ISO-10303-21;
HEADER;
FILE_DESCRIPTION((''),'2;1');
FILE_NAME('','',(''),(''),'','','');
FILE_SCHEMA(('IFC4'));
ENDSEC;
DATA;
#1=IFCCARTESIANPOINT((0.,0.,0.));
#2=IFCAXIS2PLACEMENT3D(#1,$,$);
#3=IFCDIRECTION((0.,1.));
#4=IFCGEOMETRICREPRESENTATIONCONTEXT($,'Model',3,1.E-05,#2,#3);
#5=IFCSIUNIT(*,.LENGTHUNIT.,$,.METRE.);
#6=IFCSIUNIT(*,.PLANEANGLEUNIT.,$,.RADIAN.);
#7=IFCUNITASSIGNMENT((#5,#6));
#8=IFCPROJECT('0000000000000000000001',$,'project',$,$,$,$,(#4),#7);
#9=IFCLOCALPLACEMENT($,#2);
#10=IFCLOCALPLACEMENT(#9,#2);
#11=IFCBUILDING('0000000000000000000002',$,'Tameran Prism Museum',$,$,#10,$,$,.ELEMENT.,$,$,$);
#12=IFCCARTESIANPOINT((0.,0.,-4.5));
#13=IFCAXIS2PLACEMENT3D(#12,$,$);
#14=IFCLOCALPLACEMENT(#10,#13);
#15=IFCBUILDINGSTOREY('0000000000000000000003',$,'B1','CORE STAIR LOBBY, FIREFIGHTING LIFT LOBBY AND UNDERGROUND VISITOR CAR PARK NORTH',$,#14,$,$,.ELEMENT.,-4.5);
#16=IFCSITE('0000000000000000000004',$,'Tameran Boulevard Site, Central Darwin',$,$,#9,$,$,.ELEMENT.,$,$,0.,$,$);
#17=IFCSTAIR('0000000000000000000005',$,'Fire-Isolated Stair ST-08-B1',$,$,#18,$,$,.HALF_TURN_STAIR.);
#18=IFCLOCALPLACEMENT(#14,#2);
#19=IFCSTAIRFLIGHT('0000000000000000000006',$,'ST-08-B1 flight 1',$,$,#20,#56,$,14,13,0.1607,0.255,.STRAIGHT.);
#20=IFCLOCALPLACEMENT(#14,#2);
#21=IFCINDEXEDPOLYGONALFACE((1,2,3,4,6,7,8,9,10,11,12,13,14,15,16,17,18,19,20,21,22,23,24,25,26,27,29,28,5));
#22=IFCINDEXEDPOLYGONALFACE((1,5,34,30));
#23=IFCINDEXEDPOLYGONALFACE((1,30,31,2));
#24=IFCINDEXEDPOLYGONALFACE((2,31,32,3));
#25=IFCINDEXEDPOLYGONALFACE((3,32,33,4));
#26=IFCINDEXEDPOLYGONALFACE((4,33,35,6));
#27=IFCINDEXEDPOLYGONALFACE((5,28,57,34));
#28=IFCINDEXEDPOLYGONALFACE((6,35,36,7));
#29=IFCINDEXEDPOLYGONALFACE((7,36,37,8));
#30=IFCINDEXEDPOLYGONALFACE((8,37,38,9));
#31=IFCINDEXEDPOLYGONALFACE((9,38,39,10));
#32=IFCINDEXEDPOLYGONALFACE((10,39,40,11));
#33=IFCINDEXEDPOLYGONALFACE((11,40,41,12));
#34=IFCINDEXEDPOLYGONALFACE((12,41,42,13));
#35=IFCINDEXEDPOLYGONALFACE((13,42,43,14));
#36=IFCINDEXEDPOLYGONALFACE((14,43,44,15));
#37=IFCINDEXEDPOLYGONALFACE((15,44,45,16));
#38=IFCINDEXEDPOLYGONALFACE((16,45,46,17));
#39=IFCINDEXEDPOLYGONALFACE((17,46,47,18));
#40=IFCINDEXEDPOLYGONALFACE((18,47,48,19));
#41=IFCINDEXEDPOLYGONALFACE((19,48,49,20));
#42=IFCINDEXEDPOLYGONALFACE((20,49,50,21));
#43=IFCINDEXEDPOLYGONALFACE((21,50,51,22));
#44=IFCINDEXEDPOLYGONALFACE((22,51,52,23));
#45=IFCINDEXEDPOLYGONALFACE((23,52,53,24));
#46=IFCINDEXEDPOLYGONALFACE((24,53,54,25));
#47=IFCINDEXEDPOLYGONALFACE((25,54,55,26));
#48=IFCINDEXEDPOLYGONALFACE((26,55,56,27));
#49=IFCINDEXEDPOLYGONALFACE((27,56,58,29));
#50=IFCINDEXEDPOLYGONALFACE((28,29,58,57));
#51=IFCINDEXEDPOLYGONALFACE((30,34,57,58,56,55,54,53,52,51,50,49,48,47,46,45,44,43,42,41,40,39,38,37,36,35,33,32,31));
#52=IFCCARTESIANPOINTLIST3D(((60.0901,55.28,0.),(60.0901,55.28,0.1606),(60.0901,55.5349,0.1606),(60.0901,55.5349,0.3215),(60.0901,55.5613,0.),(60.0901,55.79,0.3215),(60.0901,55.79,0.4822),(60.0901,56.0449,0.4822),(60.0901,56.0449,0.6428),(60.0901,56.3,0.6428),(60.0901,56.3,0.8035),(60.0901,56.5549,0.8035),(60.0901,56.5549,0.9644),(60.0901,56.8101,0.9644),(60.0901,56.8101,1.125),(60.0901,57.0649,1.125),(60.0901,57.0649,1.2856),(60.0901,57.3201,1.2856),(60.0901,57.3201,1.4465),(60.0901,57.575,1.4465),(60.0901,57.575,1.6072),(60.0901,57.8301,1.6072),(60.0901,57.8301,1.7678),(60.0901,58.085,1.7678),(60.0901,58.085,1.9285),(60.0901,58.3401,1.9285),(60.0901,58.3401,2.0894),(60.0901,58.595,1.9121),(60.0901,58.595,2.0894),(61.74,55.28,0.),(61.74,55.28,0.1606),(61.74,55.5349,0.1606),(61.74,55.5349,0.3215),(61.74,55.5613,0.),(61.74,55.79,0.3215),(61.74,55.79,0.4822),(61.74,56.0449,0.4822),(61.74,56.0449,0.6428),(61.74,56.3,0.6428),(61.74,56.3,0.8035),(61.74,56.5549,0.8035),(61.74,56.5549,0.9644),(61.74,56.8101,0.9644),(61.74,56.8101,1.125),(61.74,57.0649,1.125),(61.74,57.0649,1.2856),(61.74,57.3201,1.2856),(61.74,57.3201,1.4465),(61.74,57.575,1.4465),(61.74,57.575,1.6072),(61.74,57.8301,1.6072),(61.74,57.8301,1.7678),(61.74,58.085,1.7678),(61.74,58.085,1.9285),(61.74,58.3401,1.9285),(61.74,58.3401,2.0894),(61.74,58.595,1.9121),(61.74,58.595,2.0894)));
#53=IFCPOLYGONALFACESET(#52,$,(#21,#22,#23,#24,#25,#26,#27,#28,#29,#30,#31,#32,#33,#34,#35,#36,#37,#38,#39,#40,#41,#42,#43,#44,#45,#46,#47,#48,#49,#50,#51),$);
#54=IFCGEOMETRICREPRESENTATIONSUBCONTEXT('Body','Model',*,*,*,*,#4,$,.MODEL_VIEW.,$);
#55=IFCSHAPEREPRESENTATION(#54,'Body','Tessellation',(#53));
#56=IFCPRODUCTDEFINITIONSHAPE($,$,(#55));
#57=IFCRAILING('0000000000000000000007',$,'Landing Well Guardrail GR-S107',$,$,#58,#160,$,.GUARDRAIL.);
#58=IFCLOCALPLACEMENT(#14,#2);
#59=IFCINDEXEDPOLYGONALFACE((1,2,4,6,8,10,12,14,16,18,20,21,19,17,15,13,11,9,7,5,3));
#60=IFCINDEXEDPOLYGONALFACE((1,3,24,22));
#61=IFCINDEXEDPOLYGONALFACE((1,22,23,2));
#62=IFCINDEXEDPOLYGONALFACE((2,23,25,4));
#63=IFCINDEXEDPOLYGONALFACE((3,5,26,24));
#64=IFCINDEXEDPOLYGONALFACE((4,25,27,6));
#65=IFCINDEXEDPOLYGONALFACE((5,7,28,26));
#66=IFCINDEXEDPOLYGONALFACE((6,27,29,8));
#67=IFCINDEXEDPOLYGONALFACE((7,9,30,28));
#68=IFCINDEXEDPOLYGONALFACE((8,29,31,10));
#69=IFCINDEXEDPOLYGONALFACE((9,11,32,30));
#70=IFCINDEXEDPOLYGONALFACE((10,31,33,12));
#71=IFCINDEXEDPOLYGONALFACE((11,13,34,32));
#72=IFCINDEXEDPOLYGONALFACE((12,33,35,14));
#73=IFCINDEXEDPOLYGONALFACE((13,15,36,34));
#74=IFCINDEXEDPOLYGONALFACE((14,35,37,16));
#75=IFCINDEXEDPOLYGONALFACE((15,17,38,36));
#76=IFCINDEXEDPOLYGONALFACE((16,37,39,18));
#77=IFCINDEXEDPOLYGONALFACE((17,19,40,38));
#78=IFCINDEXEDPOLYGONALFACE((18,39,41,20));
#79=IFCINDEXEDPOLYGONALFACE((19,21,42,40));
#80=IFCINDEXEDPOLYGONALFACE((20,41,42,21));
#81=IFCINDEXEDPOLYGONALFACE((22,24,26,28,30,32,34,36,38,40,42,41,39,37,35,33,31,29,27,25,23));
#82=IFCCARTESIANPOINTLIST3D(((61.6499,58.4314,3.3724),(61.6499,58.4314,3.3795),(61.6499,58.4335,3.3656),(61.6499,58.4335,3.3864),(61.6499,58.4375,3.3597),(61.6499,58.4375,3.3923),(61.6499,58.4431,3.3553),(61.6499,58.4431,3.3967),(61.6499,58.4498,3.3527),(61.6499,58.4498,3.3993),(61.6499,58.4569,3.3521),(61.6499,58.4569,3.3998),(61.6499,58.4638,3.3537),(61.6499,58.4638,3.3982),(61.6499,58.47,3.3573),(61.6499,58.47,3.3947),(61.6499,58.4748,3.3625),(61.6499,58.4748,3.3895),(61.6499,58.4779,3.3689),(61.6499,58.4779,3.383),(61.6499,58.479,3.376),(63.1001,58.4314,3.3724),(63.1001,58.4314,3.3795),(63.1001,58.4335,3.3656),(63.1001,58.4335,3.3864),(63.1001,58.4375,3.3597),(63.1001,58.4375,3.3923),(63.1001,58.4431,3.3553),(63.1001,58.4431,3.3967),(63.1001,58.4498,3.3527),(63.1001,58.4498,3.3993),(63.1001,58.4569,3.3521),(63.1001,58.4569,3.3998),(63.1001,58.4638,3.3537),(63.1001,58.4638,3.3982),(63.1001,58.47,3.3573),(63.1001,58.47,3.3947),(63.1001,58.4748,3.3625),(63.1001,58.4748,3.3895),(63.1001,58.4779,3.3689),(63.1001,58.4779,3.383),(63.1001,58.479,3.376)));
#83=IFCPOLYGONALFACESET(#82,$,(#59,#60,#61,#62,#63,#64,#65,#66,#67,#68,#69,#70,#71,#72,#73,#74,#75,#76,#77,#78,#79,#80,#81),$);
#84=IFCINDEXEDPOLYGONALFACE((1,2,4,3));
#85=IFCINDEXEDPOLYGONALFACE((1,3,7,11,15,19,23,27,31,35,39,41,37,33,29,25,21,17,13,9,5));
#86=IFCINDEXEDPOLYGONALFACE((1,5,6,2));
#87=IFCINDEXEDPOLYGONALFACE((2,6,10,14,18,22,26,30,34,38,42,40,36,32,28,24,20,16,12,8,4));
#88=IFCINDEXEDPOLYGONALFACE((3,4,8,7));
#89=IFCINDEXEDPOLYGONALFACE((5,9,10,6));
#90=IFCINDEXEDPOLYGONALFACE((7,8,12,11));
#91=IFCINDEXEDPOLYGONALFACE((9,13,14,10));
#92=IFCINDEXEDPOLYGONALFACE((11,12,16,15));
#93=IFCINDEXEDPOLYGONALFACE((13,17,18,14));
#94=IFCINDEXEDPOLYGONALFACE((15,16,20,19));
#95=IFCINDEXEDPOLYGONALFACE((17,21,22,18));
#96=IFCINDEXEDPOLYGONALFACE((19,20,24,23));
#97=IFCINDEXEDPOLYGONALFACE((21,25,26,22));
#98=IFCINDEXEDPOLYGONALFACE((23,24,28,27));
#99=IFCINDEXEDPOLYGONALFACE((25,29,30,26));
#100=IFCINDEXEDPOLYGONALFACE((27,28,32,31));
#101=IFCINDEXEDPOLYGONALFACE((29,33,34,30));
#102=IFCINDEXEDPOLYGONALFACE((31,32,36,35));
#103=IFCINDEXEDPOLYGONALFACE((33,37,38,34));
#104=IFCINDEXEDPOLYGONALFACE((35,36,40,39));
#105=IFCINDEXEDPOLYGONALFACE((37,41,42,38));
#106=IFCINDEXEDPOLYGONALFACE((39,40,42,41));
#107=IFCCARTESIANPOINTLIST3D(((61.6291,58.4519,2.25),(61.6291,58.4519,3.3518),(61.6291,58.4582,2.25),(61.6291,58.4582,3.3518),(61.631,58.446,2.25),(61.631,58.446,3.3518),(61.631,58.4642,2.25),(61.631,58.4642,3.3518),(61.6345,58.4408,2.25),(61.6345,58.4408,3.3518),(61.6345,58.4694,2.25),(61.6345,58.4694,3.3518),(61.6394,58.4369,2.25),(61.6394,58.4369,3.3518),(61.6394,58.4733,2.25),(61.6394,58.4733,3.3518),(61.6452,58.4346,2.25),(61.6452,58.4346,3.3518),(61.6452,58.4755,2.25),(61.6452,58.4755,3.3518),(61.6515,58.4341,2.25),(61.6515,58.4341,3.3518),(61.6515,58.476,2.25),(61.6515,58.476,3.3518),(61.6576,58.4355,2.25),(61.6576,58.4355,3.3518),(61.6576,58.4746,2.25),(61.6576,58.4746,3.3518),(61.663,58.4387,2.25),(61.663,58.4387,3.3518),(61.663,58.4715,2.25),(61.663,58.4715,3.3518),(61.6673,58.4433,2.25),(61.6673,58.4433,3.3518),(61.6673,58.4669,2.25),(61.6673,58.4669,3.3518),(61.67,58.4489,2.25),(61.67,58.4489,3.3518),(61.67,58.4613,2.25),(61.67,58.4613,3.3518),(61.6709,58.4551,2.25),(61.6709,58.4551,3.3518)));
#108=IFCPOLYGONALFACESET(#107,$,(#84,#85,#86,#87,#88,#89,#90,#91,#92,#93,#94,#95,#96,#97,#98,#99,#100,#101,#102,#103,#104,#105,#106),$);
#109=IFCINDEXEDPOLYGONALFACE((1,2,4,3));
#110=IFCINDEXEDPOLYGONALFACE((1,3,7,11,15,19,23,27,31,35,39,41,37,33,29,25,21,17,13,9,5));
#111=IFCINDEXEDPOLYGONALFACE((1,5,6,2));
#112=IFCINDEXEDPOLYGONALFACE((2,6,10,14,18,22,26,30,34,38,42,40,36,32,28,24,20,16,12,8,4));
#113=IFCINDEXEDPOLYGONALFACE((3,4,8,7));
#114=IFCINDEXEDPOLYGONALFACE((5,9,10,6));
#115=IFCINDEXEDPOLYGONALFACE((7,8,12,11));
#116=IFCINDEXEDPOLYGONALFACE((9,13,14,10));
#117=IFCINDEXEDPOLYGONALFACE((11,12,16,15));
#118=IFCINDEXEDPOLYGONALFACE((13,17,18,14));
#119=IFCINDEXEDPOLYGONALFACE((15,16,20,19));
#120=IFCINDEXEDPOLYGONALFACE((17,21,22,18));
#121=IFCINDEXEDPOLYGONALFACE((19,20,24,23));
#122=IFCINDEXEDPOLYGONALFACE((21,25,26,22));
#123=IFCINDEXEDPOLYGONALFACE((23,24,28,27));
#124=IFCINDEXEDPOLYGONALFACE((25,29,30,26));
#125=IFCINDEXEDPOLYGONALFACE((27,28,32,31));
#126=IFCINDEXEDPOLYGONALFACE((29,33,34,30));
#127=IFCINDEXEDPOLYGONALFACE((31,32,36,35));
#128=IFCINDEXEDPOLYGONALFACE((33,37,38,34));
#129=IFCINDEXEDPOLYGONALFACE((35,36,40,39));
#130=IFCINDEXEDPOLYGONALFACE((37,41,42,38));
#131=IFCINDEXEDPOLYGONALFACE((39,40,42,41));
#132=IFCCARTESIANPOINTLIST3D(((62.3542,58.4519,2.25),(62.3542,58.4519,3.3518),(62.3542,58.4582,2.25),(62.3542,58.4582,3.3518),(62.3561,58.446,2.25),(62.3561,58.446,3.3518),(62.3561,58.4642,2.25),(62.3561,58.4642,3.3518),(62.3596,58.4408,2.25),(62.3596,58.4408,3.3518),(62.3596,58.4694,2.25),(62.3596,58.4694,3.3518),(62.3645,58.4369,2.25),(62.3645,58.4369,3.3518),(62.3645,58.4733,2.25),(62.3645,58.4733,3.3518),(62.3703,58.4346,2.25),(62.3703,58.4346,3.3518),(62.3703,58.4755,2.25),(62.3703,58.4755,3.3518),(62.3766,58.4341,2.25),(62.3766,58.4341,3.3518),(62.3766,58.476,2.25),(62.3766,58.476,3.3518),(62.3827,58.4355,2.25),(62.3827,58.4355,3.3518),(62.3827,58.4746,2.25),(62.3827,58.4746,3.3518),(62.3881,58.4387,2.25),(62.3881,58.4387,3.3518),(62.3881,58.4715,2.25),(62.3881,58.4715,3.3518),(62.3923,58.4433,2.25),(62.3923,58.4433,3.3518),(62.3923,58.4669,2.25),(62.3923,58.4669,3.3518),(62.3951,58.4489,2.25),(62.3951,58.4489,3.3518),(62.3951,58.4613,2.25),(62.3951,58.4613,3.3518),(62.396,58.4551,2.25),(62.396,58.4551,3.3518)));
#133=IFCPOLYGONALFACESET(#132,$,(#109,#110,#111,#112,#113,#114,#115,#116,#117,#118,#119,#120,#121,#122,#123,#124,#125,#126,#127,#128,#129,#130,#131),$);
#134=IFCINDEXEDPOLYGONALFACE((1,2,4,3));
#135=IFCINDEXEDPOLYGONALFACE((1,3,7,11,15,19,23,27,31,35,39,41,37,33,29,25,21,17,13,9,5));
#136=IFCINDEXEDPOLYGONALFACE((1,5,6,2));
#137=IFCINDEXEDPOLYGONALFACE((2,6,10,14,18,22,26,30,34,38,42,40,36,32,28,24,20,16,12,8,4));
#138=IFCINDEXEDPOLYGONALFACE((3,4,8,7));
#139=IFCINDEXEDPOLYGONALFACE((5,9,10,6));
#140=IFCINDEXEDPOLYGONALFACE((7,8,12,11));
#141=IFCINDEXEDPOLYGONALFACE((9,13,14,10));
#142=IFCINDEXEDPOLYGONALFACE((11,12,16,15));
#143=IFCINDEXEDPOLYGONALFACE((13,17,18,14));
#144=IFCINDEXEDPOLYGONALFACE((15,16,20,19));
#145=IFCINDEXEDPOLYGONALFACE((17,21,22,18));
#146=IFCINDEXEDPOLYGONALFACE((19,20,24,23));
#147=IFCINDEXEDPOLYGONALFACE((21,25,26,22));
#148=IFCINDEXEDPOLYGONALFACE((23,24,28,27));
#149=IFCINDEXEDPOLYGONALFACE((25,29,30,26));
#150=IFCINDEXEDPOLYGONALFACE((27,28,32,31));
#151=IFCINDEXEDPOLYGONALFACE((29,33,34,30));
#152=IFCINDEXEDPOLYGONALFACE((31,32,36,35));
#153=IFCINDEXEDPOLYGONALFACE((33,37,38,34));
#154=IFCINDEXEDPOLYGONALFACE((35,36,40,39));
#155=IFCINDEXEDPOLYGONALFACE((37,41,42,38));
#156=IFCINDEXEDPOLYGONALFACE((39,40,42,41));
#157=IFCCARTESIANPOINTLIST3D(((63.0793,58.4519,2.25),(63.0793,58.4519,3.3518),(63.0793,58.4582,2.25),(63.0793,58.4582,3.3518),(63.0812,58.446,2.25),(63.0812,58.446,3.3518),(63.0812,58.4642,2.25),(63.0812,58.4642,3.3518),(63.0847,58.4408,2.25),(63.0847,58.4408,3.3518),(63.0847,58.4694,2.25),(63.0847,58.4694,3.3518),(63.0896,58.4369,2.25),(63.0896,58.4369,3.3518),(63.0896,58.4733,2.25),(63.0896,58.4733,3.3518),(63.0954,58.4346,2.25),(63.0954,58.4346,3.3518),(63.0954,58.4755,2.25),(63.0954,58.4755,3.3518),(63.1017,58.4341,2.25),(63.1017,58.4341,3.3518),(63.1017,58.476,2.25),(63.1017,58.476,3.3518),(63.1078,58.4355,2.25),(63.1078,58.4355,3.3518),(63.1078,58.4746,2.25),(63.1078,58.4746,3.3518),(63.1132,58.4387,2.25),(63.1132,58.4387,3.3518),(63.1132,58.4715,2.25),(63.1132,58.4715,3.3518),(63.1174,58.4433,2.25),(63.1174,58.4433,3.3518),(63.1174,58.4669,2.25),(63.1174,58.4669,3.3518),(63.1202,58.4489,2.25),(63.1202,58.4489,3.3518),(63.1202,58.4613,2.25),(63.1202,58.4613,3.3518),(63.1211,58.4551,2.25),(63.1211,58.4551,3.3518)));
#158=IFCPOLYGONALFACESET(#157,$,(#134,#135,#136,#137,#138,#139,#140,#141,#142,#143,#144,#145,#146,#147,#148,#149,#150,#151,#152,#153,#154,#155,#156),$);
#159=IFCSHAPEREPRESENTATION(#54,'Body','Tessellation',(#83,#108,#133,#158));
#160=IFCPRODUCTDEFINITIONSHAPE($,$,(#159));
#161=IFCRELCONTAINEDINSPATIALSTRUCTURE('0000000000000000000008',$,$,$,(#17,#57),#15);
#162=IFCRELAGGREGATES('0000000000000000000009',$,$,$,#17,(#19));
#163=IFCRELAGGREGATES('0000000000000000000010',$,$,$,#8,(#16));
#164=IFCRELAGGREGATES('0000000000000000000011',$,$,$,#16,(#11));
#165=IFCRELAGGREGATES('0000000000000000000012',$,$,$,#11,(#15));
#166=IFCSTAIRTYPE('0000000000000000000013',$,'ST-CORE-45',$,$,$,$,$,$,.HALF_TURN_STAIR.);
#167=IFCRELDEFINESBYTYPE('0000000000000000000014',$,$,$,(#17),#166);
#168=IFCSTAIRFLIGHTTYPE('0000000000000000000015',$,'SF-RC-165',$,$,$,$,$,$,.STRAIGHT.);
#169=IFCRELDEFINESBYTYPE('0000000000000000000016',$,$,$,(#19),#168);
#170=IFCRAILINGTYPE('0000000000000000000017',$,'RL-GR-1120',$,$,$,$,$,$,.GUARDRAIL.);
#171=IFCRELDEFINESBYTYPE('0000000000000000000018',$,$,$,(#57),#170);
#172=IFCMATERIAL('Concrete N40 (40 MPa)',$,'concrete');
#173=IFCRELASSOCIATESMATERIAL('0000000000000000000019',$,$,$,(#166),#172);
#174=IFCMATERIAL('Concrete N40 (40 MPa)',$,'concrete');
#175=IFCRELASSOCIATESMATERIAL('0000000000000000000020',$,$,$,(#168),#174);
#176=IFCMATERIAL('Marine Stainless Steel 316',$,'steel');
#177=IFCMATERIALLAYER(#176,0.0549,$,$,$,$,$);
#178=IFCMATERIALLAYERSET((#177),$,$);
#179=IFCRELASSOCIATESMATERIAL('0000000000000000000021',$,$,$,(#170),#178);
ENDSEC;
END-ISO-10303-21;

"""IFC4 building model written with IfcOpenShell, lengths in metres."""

from ifc_helpers import new_model, si_unit, direction, frame, origin, origin_2d, place, context, subcontext, project, spatial, polyline, circle, outline, extrude, material, layer, layer_set, type_object, element, aggregate, save


model = new_model("IFC4")

# Units and contexts
model_context = context("Model", 3, precision=1e-05, world=origin(), true_north=direction((0.0, 1.0)))
body_context = subcontext(model_context, "Body", "Model", "MODEL_VIEW")
ifc_project = project(units=[si_unit("LENGTHUNIT", "METRE"), si_unit("PLANEANGLEUNIT", "RADIAN")], contexts=[model_context])

# Site, building, storey
site_placement = place(None, origin())
site = spatial("IfcSite", under=ifc_project, at=site_placement, Name="Tameran Boulevard Site, Central Darwin", CompositionType="ELEMENT", RefElevation=0.0)
building_placement = place(site_placement, origin())
building = spatial("IfcBuilding", under=site, at=building_placement, Name="Tameran Prism Museum", CompositionType="ELEMENT")
storey_placement = place(building_placement, frame((0.0, 0.0, -4.5)))
storey = spatial("IfcBuildingStorey", under=building, at=storey_placement, Name="B1", Description="CORE STAIR LOBBY, FIREFIGHTING LIFT LOBBY AND UNDERGROUND VISITOR CAR PARK NORTH", CompositionType="ELEMENT", Elevation=-4.5)

# Stair, stair flight
ifc_material_1 = material(Name="Concrete N40 (40 MPa)", Category="concrete")
stair_type = type_object("IfcStairType", Name="ST-CORE-45", PredefinedType="HALF_TURN_STAIR", material=ifc_material_1)
stair_placement = place(storey_placement, origin())
stair = element("IfcStair", 1, at=stair_placement, inside=storey, type_object=stair_type, Name="Fire-Isolated Stair ST-08-B1", PredefinedType="HALF_TURN_STAIR")
ifc_material_2 = material(Name="Concrete N40 (40 MPa)", Category="concrete")
stair_flight_type = type_object("IfcStairFlightType", Name="SF-RC-165", PredefinedType="STRAIGHT", material=ifc_material_2)
stair_flight_placement = place(storey_placement, frame((60.915, 55.28, 0.0), z_axis=(0.0, 0.0, 1.0), x_axis=(0.0, 1.0, 0.0)))
stair_flight = element("IfcStairFlight", 2, at=stair_flight_placement, type_object=stair_flight_type, Name="ST-08-B1 flight 1", NumberOfRisers=14, NumberOfTreads=13, PredefinedType="STRAIGHT", RiserHeight=0.1607, TreadLength=0.255, context=body_context, shape_type="SweptSolid", body=[
    extrude(outline(polyline([(0.0, 0.0), (0.0, 0.1606), (0.2549, 0.1606), (0.2549, 0.3215), (0.51, 0.3215), (0.51, 0.4822), (0.7649, 0.4822), (0.7649, 0.6428), (1.02, 0.6428), (1.02, 0.8035), (1.2749, 0.8035), (1.2749, 0.9644), (1.53, 0.9644), (1.53, 1.125), (1.7849, 1.125), (1.7849, 1.2856), (2.04, 1.2856), (2.04, 1.4465), (2.2949, 1.4465), (2.2949, 1.6072), (2.55, 1.6072), (2.55, 1.7678), (2.8049, 1.7678), (2.8049, 1.9285), (3.0601, 1.9285), (3.0601, 2.0894), (3.3149, 2.0894), (3.3149, 2.25), (3.3149, 1.9121), (0.2812, 0.0), (0.0, 0.0)])), frame((0.0, 0.825, 0.0), z_axis=(0.0, -1.0, 0.0), x_axis=(1.0, 0.0, 0.0)), (0.0, 0.0, 1.0), 1.6499),
])
aggregate(stair, [stair_flight])

# Railing
ifc_material_3 = material(Name="Marine Stainless Steel 316", Category="steel")
ifc_layer_1 = layer(ifc_material_3, 0.0549)
ifc_layer_set_1 = layer_set([ifc_layer_1])
railing_type_1 = type_object("IfcRailingType", Name="RL-GR-1120", PredefinedType="GUARDRAIL", material=ifc_layer_set_1)
railing_1_placement = place(storey_placement, frame((61.6499, 58.4551, 2.25)))
element("IfcRailing", 3, at=railing_1_placement, inside=storey, type_object=railing_type_1, Name="Landing Well Guardrail GR-S107", PredefinedType="GUARDRAIL", context=body_context, shape_type="SweptSolid", body=[
    extrude(circle(Radius=0.0239, at=origin_2d()), frame((0.0, 0.0, 1.126), z_axis=(1.0, 0.0, 0.0), x_axis=(0.0, 1.0, 0.0)), (0.0, 0.0, 1.0), 1.4502),
    extrude(circle(Radius=0.021, at=origin_2d()), origin(), (0.0, 0.0, 1.0), 1.1018),
    extrude(circle(Radius=0.021, at=origin_2d()), frame((0.7251, 0.0, 0.0)), (0.0, 0.0, 1.0), 1.1018),
    extrude(circle(Radius=0.021, at=origin_2d()), frame((1.4502, 0.0, 0.0)), (0.0, 0.0, 1.0), 1.1018),
])

save(model, "model.ifc")
